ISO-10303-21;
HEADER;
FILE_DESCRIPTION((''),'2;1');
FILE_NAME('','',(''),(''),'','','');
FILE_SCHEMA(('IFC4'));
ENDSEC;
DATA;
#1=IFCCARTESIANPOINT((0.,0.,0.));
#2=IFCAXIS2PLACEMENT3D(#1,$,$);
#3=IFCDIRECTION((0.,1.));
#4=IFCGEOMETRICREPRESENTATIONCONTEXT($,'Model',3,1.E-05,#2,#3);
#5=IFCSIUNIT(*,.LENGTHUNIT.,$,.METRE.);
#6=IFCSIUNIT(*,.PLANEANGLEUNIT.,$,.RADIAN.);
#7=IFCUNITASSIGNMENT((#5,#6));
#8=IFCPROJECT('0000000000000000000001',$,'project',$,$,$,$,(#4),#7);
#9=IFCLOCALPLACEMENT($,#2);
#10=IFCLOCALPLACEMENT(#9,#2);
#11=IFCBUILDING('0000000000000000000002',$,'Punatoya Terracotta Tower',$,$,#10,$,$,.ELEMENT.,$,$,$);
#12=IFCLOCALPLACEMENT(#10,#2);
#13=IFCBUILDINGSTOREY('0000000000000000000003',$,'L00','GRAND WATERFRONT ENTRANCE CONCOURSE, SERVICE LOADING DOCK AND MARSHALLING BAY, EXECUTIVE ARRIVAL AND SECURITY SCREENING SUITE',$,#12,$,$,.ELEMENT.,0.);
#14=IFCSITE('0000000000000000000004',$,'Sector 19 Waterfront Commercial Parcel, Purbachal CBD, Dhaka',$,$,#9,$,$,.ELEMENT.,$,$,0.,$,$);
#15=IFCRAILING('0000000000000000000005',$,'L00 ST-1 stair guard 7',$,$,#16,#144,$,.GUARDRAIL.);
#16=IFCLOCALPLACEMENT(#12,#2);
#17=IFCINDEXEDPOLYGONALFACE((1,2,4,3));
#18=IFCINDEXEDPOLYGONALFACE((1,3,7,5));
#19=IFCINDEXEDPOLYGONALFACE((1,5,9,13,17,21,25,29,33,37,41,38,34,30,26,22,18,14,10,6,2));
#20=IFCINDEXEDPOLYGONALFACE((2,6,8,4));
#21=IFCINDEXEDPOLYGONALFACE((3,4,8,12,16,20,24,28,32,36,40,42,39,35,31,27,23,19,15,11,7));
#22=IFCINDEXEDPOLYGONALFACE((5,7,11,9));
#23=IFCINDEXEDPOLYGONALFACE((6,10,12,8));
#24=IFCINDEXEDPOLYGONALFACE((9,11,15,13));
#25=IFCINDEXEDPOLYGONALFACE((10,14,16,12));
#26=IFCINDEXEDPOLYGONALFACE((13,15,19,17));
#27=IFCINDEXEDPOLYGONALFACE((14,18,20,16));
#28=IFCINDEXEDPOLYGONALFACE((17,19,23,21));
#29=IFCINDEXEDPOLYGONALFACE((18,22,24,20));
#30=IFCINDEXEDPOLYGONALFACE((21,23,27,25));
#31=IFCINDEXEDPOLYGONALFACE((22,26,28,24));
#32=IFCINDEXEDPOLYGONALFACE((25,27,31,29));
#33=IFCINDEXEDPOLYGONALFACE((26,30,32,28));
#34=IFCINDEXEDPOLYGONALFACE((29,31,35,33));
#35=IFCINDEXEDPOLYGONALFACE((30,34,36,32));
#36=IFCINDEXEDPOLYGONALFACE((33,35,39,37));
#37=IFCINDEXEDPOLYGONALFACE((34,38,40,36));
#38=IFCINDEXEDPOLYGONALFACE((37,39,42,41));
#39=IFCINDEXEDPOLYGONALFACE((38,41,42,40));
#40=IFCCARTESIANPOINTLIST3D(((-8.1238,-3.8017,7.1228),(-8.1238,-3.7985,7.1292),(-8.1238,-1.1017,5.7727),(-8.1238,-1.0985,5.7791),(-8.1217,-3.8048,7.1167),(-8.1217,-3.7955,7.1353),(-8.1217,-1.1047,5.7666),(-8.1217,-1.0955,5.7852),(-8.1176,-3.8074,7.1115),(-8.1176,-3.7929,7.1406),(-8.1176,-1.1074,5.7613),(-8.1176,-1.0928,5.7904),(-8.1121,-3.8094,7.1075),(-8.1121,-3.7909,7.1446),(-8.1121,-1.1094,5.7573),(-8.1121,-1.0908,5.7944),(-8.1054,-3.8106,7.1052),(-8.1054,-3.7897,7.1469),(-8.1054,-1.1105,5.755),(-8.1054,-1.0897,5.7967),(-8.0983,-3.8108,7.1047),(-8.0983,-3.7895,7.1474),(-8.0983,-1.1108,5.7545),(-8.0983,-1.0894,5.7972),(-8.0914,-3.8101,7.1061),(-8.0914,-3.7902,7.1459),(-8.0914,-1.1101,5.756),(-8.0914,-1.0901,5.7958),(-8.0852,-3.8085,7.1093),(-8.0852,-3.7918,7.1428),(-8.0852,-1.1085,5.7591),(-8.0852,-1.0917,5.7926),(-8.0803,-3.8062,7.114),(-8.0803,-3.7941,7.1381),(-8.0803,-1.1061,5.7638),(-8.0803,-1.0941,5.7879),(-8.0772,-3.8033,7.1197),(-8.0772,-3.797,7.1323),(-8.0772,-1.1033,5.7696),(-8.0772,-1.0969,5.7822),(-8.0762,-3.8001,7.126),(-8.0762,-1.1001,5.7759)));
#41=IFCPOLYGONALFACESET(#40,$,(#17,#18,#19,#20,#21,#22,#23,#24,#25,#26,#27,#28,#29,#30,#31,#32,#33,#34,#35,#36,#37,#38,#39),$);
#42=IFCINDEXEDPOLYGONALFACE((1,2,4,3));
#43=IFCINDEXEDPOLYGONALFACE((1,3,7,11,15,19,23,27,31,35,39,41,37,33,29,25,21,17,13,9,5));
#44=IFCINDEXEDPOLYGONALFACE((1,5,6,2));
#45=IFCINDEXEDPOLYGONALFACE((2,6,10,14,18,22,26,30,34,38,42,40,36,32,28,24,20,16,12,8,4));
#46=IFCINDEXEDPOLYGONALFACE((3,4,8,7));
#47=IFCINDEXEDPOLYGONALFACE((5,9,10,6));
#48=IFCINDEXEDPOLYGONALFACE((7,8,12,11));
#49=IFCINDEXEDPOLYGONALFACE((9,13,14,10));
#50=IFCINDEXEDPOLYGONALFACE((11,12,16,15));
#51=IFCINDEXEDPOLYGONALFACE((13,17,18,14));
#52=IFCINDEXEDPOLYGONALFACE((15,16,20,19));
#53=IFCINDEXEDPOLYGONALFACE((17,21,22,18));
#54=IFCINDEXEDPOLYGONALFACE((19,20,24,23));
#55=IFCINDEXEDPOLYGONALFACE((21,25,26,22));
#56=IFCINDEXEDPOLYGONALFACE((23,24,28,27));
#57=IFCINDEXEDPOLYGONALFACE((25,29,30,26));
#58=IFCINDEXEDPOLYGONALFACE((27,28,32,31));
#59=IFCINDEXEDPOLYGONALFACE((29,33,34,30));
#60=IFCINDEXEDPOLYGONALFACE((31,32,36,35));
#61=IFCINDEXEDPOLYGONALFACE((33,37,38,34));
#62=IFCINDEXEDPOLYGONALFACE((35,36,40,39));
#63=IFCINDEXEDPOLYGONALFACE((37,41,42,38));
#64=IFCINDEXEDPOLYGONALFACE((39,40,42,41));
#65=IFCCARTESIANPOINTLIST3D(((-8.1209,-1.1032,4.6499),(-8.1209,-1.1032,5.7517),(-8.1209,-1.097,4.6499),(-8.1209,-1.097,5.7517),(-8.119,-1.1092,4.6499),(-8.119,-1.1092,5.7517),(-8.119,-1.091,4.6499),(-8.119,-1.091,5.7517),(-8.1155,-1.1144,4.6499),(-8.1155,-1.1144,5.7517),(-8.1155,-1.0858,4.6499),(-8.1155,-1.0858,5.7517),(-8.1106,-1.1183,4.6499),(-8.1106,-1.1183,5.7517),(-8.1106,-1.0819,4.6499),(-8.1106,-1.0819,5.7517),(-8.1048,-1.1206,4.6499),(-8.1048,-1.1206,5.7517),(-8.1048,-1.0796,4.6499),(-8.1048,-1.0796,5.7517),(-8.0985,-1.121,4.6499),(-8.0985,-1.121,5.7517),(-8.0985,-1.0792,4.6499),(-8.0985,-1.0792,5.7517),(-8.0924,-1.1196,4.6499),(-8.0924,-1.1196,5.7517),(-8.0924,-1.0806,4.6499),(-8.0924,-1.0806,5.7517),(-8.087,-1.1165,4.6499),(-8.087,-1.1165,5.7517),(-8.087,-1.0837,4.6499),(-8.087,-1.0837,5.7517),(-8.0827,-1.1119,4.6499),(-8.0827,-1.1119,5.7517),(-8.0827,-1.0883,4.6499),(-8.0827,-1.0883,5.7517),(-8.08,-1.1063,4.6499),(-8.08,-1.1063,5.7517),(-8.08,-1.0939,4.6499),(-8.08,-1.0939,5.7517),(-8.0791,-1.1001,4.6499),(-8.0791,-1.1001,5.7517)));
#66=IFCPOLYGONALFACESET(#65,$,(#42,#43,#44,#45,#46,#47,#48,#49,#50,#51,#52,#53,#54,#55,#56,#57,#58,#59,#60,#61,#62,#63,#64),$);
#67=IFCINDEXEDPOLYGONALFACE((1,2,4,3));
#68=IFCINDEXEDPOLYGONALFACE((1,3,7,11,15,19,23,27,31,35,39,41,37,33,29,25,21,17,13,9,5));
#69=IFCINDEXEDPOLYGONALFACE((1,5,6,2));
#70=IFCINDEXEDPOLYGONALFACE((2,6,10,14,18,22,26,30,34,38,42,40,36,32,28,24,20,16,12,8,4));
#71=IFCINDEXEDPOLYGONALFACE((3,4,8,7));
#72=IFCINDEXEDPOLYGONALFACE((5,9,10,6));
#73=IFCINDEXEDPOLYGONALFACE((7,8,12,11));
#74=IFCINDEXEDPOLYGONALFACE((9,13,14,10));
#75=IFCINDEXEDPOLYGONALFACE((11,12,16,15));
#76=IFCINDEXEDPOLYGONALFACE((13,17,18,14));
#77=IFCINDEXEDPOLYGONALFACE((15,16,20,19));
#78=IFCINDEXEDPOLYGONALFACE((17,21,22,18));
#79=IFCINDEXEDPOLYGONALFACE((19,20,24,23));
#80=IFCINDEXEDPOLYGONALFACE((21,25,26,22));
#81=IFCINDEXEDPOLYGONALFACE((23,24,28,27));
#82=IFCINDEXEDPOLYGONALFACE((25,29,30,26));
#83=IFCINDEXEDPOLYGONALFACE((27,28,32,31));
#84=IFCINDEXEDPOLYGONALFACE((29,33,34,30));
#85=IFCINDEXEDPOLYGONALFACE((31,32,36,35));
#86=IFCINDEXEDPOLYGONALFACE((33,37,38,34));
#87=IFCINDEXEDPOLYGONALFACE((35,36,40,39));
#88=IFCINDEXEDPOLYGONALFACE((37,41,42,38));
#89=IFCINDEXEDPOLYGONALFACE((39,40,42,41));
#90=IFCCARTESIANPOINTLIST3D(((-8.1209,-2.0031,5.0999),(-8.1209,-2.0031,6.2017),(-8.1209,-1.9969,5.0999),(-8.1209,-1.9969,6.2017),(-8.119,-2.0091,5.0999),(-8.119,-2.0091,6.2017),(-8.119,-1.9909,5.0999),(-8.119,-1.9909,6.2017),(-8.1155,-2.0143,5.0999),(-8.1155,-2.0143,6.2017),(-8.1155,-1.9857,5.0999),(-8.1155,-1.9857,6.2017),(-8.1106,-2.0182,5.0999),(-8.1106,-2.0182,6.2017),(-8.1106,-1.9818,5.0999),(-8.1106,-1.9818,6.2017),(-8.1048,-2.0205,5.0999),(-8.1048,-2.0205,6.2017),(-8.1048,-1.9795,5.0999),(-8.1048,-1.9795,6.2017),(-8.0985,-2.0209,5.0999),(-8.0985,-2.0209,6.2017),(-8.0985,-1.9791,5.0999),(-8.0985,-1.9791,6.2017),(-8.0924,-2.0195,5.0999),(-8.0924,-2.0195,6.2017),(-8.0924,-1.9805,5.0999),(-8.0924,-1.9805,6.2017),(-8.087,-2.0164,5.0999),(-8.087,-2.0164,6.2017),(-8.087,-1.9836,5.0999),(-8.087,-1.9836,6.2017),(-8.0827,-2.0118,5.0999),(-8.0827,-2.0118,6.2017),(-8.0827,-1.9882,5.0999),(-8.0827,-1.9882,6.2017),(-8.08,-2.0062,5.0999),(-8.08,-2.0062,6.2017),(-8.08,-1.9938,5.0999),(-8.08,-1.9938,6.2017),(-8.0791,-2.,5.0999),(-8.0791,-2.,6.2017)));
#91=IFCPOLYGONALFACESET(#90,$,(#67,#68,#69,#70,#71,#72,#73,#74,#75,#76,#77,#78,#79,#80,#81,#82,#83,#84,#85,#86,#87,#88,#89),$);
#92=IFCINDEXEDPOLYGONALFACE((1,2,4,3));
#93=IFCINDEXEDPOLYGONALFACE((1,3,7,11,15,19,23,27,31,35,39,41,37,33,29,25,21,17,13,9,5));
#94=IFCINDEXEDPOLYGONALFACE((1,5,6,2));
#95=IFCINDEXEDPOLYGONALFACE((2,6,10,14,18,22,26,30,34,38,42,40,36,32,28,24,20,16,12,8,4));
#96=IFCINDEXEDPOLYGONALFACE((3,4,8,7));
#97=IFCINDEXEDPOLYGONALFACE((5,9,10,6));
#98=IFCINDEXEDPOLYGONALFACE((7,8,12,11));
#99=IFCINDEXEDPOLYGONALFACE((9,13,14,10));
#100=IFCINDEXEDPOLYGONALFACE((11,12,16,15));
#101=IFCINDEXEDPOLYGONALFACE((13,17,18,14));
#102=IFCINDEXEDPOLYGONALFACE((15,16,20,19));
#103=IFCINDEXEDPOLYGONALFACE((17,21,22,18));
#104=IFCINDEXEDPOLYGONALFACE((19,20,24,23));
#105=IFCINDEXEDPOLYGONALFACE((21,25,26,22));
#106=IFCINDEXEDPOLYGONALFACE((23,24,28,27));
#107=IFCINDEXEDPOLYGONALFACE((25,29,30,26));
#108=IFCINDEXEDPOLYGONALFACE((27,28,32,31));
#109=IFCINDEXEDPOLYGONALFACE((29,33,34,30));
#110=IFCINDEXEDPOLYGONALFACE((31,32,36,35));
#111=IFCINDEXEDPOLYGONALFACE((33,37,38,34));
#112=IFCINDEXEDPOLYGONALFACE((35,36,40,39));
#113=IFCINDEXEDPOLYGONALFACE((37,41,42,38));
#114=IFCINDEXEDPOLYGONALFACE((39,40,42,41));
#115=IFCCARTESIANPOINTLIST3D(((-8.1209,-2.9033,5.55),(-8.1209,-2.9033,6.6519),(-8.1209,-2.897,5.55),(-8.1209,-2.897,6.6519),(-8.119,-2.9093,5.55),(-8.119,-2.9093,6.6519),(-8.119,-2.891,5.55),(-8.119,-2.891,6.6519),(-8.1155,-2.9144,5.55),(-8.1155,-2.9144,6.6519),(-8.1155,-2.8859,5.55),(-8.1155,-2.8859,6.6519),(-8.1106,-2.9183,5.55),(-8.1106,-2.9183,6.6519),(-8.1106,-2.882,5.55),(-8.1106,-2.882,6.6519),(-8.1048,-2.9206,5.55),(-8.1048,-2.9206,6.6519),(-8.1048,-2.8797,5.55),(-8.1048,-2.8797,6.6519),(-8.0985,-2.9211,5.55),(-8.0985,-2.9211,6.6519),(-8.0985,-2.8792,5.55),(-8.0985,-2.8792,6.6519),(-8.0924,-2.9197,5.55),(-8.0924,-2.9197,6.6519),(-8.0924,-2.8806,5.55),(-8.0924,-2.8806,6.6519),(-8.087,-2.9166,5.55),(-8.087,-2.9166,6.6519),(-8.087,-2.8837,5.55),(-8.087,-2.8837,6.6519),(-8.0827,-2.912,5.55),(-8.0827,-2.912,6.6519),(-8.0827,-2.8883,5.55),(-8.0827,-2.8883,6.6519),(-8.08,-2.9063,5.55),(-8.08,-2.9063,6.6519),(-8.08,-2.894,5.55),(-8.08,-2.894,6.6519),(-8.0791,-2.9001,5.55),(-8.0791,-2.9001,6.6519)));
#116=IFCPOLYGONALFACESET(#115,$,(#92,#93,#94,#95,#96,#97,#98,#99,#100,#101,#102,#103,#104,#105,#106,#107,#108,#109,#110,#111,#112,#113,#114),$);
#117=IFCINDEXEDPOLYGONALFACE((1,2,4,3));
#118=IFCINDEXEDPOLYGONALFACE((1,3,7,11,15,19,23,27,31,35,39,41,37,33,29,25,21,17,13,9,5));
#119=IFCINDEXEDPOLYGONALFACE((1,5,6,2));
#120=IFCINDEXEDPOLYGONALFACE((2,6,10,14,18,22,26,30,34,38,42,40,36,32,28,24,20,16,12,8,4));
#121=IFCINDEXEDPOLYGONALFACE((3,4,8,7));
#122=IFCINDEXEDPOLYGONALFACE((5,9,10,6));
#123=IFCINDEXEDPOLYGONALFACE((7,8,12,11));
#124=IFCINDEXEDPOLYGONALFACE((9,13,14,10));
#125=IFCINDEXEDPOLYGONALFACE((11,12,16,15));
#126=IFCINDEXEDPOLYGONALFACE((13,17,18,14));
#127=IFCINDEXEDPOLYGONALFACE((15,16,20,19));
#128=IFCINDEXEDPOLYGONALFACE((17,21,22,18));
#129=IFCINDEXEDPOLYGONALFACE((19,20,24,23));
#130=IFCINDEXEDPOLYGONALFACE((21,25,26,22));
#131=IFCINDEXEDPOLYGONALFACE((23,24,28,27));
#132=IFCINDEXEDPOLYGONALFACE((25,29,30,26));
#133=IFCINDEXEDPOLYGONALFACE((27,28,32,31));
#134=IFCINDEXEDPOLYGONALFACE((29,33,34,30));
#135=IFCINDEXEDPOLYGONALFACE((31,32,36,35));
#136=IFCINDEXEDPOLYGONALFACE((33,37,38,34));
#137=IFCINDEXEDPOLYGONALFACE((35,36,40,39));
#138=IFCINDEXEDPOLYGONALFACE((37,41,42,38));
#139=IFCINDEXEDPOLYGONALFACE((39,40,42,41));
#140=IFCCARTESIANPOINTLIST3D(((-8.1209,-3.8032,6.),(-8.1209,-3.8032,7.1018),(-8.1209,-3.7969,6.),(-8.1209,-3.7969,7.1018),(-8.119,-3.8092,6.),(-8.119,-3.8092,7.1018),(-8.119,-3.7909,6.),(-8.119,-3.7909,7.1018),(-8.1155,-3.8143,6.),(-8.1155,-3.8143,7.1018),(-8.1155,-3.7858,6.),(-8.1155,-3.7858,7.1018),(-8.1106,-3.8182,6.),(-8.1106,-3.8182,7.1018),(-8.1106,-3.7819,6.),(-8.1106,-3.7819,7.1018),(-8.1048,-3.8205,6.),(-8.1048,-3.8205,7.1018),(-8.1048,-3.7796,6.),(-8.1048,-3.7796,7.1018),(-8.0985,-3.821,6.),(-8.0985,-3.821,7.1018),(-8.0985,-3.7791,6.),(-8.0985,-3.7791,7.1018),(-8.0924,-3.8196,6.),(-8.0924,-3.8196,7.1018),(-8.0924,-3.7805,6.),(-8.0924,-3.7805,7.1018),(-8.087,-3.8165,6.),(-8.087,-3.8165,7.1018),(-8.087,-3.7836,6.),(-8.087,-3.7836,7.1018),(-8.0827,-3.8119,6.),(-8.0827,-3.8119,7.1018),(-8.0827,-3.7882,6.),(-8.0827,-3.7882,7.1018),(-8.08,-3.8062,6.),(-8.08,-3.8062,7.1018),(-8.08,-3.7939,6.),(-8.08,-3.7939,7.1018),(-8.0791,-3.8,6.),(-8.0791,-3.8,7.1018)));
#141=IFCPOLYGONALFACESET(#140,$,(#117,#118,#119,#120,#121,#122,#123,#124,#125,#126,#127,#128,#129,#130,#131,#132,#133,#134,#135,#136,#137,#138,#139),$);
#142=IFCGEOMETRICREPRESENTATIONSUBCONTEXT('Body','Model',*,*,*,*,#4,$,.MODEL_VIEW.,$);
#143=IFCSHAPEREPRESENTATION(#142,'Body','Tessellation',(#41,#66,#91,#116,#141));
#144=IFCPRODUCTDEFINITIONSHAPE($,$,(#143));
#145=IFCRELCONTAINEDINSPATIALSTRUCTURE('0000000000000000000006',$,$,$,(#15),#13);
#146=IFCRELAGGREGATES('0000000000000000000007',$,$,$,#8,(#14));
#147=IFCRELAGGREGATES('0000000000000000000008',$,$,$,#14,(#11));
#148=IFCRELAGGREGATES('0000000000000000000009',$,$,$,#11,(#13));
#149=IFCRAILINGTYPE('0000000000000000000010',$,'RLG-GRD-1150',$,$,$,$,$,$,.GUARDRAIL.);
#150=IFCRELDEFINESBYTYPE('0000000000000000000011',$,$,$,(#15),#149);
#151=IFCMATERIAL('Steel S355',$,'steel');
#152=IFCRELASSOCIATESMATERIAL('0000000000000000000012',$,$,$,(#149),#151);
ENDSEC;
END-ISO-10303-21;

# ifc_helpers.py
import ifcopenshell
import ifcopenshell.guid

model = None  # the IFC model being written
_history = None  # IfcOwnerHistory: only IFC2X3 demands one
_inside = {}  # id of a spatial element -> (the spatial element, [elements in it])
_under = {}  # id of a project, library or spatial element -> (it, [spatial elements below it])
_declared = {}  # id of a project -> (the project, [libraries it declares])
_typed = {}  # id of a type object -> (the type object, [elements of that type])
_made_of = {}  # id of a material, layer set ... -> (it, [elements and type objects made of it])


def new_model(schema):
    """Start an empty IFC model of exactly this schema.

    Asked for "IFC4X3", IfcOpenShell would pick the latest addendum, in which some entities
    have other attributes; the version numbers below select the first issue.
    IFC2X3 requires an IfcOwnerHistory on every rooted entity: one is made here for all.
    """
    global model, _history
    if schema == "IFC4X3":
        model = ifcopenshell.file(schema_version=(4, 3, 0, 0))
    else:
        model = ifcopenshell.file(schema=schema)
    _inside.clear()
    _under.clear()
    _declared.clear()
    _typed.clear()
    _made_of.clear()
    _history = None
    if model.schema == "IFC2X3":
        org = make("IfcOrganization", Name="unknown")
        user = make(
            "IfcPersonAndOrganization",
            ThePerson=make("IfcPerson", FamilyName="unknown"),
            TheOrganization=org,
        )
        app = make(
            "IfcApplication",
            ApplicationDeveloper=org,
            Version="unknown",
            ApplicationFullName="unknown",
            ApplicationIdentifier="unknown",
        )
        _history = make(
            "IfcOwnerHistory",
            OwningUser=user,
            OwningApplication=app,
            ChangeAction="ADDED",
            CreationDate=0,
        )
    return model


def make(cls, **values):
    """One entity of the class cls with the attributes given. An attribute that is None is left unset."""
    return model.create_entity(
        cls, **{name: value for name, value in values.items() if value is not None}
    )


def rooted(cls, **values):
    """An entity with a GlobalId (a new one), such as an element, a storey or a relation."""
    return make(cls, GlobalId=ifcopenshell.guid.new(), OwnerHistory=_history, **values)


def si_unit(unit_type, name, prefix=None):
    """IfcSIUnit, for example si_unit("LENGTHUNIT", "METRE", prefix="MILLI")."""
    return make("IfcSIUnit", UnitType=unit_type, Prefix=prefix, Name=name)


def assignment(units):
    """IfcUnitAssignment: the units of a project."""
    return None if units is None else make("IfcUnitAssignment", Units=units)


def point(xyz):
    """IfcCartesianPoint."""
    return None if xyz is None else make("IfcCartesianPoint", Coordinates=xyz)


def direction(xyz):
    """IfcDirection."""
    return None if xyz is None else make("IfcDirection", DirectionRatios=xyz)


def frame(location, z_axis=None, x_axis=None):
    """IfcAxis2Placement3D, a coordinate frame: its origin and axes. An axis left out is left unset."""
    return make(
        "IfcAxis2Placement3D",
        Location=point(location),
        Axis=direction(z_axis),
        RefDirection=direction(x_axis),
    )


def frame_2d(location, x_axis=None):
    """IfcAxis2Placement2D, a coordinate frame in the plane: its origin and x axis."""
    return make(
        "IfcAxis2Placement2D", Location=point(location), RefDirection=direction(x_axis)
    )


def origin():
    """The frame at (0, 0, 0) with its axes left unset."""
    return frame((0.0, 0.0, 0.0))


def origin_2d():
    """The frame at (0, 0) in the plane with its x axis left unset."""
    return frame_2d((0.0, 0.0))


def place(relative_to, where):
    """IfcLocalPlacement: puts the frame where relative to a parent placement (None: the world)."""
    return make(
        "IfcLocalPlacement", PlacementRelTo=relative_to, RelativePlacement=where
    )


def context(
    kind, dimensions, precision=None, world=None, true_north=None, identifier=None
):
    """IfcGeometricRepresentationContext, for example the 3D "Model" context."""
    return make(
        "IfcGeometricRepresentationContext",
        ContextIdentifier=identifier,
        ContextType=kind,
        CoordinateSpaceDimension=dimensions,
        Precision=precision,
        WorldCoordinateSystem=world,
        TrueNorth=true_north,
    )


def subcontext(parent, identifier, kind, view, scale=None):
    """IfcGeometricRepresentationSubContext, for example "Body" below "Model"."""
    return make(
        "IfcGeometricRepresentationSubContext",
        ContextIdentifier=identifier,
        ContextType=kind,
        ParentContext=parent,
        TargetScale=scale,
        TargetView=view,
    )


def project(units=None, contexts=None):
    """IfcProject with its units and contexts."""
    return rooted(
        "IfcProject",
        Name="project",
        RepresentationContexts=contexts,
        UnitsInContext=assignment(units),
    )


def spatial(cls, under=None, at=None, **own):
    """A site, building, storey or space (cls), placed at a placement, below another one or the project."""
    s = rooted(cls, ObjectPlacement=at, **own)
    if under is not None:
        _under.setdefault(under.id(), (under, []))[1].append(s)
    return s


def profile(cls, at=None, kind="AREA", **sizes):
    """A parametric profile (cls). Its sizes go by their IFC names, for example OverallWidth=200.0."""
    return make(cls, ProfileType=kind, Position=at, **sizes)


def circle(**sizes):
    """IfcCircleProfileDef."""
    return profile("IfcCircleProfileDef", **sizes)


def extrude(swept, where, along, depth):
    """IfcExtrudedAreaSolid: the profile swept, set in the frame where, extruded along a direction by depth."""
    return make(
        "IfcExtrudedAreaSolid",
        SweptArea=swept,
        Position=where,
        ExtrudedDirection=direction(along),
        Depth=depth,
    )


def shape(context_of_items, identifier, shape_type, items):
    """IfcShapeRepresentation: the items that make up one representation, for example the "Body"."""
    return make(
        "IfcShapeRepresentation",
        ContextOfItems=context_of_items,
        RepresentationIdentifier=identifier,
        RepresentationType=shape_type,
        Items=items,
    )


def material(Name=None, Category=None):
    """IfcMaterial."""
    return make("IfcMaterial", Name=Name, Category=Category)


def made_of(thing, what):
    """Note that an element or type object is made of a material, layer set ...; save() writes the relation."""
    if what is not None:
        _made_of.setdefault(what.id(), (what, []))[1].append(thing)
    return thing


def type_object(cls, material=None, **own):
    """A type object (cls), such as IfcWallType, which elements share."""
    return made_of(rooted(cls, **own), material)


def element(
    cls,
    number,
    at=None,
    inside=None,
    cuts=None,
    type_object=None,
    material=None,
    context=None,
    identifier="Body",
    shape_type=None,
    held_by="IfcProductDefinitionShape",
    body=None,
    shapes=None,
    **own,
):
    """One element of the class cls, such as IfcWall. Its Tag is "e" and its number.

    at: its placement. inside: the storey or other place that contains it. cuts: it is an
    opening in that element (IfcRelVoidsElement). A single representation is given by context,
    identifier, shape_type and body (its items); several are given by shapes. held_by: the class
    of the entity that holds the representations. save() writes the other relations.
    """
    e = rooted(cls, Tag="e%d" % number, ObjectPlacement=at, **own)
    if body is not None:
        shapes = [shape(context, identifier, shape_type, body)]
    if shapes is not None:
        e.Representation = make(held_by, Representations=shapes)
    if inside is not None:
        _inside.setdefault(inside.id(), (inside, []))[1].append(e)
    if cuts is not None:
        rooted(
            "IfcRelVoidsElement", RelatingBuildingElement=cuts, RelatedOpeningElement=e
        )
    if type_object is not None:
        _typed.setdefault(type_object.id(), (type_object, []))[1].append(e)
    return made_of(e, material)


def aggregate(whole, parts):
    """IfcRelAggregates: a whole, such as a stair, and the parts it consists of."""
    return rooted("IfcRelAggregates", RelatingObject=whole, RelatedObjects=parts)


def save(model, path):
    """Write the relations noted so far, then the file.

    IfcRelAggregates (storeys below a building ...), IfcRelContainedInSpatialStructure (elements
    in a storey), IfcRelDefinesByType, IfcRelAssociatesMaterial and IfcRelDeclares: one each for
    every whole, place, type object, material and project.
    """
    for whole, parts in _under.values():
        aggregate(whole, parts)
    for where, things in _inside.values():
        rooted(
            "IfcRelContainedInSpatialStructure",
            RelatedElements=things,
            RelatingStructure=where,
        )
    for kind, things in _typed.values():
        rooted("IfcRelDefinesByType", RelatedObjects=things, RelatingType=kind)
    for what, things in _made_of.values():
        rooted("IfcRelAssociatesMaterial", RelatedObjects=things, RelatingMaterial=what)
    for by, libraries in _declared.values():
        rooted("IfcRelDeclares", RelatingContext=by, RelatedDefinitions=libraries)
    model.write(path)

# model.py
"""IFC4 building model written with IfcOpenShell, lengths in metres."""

from ifc_helpers import new_model, si_unit, direction, frame, origin, origin_2d, place, context, subcontext, project, spatial, circle, extrude, material, type_object, element, save


model = new_model("IFC4")

# Units and contexts
model_context = context("Model", 3, precision=1e-05, world=origin(), true_north=direction((0.0, 1.0)))
body_context = subcontext(model_context, "Body", "Model", "MODEL_VIEW")
ifc_project = project(units=[si_unit("LENGTHUNIT", "METRE"), si_unit("PLANEANGLEUNIT", "RADIAN")], contexts=[model_context])

# Site, building, storey
site_placement = place(None, origin())
site = spatial("IfcSite", under=ifc_project, at=site_placement, Name="Sector 19 Waterfront Commercial Parcel, Purbachal CBD, Dhaka", CompositionType="ELEMENT", RefElevation=0.0)
building_placement = place(site_placement, origin())
building = spatial("IfcBuilding", under=site, at=building_placement, Name="Punatoya Terracotta Tower", CompositionType="ELEMENT")
storey_placement = place(building_placement, origin())
storey = spatial("IfcBuildingStorey", under=building, at=storey_placement, Name="L00", Description="GRAND WATERFRONT ENTRANCE CONCOURSE, SERVICE LOADING DOCK AND MARSHALLING BAY, EXECUTIVE ARRIVAL AND SECURITY SCREENING SUITE", CompositionType="ELEMENT", Elevation=0.0)

# Shared definitions
ifc_material_1 = material(Name="Steel S355", Category="steel")

# Railing
railing_type_1 = type_object("IfcRailingType", Name="RLG-GRD-1150", PredefinedType="GUARDRAIL", material=ifc_material_1)
railing_1_placement = place(storey_placement, frame((-8.1001, -1.1001, 4.6499)))
element("IfcRailing", 1, at=railing_1_placement, inside=storey, type_object=railing_type_1, Name="L00 ST-1 stair guard 7", PredefinedType="GUARDRAIL", context=body_context, shape_type="SweptSolid", body=[
    extrude(circle(Radius=0.0239, at=origin_2d()), frame((0.0, 0.0, 1.126), z_axis=(0.0, -0.894411, 0.447246), x_axis=(1.0, 0.0, 0.0)), (0.0, 0.0, 1.0), 3.0188),
    extrude(circle(Radius=0.021, at=origin_2d()), origin(), (0.0, 0.0, 1.0), 1.1018),
    extrude(circle(Radius=0.021, at=origin_2d()), frame((0.0, -0.8999, 0.45)), (0.0, 0.0, 1.0), 1.1018),
    extrude(circle(Radius=0.021, at=origin_2d()), frame((0.0, -1.8, 0.9001)), (0.0, 0.0, 1.0), 1.1018),
    extrude(circle(Radius=0.021, at=origin_2d()), frame((0.0, -2.7, 1.3501)), (0.0, 0.0, 1.0), 1.1018),
])

save(model, "model.ifc")
